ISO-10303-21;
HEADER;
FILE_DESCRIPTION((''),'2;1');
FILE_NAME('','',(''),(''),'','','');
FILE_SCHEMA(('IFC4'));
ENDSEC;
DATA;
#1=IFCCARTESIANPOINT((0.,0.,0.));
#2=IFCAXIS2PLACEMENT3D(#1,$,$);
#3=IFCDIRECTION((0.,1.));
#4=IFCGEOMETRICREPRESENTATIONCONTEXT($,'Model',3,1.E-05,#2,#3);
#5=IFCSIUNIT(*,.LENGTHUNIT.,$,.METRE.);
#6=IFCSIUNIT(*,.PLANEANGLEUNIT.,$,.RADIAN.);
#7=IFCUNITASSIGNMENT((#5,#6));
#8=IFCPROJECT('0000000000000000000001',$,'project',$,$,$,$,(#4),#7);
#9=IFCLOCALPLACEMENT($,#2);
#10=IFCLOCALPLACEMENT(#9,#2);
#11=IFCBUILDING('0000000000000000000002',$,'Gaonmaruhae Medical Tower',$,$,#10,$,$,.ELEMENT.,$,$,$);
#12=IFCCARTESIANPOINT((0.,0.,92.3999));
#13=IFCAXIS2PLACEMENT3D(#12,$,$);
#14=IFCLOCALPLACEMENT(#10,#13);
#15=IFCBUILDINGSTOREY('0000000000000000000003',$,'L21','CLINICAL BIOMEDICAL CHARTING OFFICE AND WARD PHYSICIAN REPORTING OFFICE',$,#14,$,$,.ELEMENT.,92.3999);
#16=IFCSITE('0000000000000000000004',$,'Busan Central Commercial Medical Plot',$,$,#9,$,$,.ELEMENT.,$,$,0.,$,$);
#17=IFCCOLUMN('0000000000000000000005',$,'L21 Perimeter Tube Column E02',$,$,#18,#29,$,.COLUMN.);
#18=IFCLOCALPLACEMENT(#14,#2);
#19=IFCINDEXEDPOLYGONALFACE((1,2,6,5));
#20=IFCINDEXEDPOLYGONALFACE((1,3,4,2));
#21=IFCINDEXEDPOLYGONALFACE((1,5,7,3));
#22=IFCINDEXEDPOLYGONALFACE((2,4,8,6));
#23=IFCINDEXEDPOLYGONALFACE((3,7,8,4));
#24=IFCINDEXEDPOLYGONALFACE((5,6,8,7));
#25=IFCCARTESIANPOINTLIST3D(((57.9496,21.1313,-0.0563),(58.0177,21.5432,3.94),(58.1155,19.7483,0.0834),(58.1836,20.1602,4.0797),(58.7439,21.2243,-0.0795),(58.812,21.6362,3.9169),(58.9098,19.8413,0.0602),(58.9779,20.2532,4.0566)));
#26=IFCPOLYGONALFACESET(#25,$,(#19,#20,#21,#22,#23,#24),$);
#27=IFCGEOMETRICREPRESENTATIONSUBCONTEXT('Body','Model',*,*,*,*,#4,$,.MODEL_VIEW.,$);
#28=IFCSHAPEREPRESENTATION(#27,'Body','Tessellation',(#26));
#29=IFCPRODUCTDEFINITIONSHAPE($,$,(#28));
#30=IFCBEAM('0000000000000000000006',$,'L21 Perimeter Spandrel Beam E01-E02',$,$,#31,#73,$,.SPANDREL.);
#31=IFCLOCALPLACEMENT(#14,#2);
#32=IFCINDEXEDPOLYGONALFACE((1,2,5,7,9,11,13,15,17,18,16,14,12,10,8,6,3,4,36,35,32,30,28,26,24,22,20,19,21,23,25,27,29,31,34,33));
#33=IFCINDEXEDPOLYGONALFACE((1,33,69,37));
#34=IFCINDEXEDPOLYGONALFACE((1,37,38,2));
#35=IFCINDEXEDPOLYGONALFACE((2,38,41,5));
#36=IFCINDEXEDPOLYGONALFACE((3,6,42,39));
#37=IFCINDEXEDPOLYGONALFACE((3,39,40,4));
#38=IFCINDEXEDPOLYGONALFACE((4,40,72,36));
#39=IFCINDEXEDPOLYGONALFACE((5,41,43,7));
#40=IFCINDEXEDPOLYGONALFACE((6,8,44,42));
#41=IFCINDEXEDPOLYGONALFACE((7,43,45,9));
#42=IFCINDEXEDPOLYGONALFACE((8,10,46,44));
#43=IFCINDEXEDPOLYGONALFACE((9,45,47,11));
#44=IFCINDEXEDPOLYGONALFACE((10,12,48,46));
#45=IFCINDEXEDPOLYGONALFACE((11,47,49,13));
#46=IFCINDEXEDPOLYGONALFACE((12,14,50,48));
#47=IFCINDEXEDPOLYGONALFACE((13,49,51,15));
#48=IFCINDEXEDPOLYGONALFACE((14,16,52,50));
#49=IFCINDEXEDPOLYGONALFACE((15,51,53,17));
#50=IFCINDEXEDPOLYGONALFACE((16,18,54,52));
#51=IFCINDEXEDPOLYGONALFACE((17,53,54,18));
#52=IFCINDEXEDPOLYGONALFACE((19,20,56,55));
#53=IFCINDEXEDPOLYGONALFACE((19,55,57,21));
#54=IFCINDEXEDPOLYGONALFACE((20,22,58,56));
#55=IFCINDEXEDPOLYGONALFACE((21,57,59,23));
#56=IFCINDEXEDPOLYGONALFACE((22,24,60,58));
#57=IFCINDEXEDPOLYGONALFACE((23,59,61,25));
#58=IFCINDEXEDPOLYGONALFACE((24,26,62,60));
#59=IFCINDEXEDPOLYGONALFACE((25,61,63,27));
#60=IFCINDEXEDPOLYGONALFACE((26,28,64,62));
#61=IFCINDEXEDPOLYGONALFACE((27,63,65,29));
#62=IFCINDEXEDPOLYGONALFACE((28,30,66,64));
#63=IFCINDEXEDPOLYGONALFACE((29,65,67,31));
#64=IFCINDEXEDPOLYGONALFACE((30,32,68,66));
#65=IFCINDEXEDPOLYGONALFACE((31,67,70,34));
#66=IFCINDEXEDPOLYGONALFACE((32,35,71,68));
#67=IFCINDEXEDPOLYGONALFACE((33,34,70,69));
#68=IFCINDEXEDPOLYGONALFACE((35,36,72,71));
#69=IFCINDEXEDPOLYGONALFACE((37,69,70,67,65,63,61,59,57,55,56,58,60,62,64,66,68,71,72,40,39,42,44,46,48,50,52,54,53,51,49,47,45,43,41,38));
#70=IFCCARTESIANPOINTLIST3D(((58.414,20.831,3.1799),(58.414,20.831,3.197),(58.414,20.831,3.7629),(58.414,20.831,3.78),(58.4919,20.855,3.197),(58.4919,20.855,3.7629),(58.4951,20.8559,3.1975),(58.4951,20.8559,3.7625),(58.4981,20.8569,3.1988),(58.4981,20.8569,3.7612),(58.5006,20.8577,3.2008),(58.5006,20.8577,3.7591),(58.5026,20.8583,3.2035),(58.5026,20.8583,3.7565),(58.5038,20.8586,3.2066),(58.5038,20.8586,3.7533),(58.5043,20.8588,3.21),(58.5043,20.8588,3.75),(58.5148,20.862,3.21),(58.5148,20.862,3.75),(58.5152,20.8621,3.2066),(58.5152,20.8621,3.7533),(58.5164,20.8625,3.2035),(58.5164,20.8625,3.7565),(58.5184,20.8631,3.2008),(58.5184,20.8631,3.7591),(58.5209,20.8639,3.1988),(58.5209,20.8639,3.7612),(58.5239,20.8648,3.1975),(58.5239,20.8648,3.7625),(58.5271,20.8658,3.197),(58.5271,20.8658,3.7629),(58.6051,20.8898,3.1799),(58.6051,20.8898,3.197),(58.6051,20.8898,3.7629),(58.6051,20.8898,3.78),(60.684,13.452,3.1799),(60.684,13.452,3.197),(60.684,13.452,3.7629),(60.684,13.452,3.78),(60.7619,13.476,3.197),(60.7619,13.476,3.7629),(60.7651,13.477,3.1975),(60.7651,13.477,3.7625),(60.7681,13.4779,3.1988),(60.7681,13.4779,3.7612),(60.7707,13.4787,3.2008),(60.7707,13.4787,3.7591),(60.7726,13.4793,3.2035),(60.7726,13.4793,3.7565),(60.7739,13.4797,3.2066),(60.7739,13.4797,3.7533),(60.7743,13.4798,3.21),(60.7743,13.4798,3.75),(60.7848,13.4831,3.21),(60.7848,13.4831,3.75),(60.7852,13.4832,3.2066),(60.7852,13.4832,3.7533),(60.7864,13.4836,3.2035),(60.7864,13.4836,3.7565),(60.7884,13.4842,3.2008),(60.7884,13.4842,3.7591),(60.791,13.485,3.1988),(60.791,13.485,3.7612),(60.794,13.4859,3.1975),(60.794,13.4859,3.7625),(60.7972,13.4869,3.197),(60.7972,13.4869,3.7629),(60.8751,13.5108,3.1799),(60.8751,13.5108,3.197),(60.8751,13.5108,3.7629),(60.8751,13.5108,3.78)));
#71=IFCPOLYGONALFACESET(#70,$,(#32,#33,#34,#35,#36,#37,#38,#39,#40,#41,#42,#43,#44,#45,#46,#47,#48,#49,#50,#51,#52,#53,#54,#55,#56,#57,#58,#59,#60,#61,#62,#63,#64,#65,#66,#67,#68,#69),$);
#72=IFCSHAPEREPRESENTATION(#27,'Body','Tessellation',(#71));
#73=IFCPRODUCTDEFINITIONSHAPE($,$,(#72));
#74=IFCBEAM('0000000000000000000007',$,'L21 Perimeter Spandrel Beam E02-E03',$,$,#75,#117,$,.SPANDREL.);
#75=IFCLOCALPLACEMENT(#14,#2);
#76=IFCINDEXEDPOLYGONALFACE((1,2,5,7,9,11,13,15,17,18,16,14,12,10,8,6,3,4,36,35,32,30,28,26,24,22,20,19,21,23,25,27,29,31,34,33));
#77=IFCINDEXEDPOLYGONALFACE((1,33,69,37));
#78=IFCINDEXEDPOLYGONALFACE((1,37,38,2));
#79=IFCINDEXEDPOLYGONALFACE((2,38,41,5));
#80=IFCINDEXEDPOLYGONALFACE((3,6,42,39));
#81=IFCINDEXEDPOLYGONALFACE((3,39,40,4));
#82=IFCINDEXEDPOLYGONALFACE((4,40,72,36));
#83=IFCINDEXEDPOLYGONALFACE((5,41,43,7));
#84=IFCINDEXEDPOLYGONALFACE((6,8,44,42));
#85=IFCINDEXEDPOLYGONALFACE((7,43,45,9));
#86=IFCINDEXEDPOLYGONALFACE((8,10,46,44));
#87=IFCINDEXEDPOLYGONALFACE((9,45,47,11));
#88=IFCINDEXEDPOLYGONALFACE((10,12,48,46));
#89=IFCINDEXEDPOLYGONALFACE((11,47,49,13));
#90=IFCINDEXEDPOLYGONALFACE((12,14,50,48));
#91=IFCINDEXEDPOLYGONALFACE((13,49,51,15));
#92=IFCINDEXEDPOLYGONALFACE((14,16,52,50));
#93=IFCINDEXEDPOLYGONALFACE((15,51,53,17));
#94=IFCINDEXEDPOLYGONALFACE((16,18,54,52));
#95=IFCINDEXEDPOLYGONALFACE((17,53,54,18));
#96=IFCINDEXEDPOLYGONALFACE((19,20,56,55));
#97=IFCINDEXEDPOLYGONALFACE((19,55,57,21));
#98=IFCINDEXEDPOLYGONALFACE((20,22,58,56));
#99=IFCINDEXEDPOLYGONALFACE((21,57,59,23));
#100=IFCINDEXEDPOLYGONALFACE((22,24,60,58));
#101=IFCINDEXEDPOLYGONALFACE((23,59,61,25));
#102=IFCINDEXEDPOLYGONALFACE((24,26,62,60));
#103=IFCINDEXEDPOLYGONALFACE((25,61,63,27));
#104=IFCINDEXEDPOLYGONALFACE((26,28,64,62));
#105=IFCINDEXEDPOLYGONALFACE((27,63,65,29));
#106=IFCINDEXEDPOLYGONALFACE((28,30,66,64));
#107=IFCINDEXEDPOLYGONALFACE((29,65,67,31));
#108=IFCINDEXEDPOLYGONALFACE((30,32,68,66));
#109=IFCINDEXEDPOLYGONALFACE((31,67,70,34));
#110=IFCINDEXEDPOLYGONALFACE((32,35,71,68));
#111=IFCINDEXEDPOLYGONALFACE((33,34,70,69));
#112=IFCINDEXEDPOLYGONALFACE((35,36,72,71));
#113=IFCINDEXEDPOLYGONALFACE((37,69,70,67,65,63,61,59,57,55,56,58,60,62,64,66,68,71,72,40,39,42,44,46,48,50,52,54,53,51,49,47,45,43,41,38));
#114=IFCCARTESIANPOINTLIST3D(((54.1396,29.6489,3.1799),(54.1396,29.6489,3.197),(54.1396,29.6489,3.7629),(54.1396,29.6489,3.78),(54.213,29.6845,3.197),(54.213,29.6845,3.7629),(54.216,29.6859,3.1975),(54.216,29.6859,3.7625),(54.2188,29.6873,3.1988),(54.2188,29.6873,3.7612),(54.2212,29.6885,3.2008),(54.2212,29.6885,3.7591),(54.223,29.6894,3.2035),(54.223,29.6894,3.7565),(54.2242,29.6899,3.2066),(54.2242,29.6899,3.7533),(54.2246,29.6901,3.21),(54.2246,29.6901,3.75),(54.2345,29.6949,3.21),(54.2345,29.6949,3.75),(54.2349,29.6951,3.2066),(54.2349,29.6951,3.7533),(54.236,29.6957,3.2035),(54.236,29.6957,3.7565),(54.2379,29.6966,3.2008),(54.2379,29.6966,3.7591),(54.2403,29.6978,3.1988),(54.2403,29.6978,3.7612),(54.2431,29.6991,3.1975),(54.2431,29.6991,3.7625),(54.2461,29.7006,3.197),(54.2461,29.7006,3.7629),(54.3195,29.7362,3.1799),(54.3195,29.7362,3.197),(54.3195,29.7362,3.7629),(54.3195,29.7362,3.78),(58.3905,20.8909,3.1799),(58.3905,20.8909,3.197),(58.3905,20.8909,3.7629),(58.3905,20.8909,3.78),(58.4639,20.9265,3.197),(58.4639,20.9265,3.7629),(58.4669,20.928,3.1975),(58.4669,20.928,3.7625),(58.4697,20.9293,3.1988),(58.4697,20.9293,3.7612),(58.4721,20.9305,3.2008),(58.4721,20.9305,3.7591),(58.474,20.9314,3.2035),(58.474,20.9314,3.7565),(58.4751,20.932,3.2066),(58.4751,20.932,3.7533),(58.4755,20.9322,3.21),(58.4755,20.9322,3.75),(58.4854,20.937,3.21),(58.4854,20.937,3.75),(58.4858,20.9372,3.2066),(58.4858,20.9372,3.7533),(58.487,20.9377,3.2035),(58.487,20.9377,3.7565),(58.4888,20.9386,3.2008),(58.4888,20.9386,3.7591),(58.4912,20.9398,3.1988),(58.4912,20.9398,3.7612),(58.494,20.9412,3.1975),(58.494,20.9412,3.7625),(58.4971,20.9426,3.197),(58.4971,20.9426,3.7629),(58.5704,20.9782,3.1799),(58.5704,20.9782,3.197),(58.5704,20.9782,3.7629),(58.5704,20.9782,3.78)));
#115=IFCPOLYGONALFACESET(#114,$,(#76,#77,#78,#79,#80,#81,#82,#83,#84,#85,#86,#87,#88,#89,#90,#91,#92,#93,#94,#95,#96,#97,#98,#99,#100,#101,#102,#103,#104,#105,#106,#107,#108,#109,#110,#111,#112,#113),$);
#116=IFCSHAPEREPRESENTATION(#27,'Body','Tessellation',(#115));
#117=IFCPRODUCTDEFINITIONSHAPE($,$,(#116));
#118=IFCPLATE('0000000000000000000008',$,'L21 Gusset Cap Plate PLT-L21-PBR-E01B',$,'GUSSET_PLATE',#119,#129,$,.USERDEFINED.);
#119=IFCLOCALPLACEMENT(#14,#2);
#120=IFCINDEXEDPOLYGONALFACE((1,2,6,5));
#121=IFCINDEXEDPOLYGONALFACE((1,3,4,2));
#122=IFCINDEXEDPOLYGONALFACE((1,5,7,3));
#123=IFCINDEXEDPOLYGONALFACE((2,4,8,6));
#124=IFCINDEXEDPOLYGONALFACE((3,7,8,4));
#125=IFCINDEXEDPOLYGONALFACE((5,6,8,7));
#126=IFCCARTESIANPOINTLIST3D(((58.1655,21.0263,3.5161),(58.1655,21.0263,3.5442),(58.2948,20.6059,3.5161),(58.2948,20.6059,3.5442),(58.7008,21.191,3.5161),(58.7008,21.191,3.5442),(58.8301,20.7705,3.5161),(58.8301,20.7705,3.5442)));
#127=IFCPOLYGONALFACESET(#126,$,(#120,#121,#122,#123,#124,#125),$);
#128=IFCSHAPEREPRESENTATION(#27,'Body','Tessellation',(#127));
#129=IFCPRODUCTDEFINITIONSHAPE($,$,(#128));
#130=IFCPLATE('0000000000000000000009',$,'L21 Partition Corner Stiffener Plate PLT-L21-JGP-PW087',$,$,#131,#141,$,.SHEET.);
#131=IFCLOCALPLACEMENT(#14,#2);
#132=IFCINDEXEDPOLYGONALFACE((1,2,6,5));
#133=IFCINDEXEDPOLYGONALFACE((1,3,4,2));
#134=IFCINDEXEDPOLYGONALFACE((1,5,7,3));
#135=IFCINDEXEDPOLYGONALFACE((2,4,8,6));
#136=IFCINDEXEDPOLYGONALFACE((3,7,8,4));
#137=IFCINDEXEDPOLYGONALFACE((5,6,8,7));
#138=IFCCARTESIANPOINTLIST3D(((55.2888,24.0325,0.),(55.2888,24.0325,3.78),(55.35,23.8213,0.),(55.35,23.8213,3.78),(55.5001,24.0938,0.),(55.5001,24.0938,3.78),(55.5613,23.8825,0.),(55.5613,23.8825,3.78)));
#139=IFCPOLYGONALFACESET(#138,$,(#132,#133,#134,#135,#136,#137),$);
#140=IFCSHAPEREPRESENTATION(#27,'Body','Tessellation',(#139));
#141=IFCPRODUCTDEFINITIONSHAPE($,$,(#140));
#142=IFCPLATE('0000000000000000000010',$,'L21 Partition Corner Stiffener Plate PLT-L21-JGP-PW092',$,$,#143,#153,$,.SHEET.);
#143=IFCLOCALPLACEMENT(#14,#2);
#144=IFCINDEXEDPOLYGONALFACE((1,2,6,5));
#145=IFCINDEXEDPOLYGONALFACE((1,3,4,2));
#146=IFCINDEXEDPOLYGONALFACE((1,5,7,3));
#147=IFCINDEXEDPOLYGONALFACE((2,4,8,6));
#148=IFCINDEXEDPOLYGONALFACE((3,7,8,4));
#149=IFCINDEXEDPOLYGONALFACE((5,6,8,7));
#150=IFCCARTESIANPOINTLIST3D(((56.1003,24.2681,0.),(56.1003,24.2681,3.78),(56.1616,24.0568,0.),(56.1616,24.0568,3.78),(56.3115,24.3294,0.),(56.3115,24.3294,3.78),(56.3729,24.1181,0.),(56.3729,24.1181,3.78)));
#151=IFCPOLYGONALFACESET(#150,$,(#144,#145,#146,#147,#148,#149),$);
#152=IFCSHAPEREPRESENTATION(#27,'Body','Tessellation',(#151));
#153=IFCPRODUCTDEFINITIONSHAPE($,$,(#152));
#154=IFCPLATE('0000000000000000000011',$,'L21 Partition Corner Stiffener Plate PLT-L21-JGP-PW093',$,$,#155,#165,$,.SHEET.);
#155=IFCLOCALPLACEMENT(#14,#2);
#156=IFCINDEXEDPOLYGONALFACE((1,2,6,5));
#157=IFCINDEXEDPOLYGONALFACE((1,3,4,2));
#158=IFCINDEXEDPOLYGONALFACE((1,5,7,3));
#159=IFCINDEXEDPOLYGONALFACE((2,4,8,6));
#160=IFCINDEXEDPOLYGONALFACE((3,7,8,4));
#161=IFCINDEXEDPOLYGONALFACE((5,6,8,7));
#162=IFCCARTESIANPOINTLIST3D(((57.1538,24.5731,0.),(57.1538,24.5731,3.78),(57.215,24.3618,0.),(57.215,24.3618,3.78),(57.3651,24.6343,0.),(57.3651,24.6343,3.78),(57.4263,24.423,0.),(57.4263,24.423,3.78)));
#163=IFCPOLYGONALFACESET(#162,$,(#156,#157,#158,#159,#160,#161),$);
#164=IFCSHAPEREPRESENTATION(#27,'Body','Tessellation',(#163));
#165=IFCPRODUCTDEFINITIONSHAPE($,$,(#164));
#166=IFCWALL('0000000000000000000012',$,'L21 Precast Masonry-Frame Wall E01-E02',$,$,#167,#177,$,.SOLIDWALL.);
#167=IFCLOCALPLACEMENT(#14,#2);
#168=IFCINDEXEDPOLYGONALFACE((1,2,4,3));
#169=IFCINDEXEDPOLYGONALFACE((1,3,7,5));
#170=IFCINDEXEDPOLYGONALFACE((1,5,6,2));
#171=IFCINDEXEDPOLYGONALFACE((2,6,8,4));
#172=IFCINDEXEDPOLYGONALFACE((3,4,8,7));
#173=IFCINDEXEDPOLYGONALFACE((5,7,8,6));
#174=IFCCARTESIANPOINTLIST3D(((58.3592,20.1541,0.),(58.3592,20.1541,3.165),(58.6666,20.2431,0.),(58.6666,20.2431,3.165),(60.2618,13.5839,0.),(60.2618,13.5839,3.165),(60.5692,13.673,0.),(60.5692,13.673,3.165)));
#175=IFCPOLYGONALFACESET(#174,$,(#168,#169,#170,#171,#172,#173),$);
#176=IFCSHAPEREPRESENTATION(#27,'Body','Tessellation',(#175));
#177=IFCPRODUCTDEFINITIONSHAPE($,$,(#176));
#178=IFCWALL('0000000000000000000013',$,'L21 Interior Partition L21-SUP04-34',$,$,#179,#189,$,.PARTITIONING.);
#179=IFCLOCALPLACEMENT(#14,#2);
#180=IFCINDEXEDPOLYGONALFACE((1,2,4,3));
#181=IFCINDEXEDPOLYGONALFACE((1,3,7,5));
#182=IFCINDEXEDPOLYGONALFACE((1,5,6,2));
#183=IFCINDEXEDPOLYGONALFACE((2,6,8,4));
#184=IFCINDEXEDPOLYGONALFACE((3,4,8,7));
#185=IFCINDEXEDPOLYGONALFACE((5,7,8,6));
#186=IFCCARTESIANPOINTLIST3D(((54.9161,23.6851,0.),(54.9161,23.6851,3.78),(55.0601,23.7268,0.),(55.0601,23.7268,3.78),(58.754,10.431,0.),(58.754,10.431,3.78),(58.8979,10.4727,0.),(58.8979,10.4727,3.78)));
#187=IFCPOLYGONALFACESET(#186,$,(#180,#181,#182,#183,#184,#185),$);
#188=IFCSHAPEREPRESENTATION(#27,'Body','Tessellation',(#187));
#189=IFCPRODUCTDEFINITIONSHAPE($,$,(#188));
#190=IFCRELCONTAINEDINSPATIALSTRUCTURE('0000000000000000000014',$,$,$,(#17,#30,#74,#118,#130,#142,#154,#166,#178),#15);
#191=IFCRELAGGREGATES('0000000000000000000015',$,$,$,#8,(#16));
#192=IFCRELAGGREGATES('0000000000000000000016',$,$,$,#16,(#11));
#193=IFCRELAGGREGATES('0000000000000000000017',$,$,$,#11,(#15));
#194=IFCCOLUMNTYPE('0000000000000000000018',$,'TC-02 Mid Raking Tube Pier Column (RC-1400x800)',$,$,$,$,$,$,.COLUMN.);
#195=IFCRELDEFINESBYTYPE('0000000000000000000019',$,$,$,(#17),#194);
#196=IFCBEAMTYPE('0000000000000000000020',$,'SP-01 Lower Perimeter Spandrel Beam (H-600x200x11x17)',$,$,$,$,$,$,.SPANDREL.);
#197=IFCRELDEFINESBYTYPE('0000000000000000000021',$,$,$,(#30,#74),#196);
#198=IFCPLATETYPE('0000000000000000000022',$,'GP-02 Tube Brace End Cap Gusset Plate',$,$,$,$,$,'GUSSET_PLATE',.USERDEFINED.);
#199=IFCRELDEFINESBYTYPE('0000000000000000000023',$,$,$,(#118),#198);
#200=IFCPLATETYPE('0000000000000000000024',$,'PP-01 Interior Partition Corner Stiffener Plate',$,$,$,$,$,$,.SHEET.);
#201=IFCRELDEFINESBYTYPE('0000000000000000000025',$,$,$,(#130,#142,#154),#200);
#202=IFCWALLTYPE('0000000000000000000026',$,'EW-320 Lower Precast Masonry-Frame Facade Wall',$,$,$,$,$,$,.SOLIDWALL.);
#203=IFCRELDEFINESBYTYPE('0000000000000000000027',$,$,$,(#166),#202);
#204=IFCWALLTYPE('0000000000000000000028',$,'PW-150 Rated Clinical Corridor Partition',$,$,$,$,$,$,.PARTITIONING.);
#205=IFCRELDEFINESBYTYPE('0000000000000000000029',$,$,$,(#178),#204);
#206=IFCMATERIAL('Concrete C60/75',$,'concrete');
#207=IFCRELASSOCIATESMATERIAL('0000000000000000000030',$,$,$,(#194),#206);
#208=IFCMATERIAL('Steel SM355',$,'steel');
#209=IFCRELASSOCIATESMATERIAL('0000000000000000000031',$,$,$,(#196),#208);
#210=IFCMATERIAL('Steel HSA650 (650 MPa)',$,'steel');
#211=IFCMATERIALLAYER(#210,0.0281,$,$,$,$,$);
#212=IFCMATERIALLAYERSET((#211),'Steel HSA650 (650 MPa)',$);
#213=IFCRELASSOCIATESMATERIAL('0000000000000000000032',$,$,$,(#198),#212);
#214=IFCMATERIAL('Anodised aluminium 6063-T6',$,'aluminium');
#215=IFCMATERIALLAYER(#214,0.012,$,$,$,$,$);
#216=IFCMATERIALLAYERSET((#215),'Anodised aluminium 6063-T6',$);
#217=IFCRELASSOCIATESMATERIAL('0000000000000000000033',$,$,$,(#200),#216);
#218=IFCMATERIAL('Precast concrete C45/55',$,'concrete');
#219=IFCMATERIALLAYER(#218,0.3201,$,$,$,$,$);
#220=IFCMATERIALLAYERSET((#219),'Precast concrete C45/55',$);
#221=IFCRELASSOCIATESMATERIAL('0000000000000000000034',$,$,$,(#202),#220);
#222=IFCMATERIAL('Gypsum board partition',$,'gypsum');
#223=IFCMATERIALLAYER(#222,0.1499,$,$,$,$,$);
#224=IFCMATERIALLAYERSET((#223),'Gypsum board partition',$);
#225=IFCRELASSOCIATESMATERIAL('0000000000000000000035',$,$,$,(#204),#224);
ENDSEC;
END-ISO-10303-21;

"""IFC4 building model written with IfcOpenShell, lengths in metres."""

from ifc_helpers import new_model, si_unit, direction, frame, frame_2d, origin, origin_2d, place, context, subcontext, project, spatial, rectangle, i_section, extrude, material, layer, layer_set, material_profile, profile_set, type_object, element, save


model = new_model("IFC4")

# Units and contexts
model_context = context("Model", 3, precision=1e-05, world=origin(), true_north=direction((0.0, 1.0)))
body_context = subcontext(model_context, "Body", "Model", "MODEL_VIEW")
ifc_project = project(units=[si_unit("LENGTHUNIT", "METRE"), si_unit("PLANEANGLEUNIT", "RADIAN")], contexts=[model_context])

# Site, building, storey
site_placement = place(None, origin())
site = spatial("IfcSite", under=ifc_project, at=site_placement, Name="Busan Central Commercial Medical Plot", CompositionType="ELEMENT", RefElevation=0.0)
building_placement = place(site_placement, origin())
building = spatial("IfcBuilding", under=site, at=building_placement, Name="Gaonmaruhae Medical Tower", CompositionType="ELEMENT")
storey_placement = place(building_placement, frame((0.0, 0.0, 92.3999)))
storey = spatial("IfcBuildingStorey", under=building, at=storey_placement, Name="L21", Description="CLINICAL BIOMEDICAL CHARTING OFFICE AND WARD PHYSICIAN REPORTING OFFICE", CompositionType="ELEMENT", Elevation=92.3999)

# Column
ifc_material_1 = material(Name="Concrete C60/75", Category="concrete")
ifc_material_profile_1 = material_profile(ifc_material_1, rectangle(XDim=1.3999, YDim=0.8, at=origin_2d()), Name="RC-1400x800")
ifc_profile_set_1 = profile_set([ifc_material_profile_1], Name="Concrete C60/75")
column_type = type_object("IfcColumnType", Name="TC-02 Mid Raking Tube Pier Column (RC-1400x800)", PredefinedType="COLUMN", material=ifc_profile_set_1)
column_placement = place(storey_placement, frame((58.4297, 20.4863, 0.002), z_axis=(0.016952, 0.102503, 0.994588), x_axis=(0.118547, -0.987921, 0.099795)))
element("IfcColumn", 1, at=column_placement, inside=storey, type_object=column_type, Name="L21 Perimeter Tube Column E02", PredefinedType="COLUMN", context=body_context, shape_type="SweptSolid", body=[
    extrude(rectangle(XDim=1.3999, YDim=0.8, at=origin_2d()), origin(), (0.0, 0.0, 1.0), 4.0181),
])

# Beams
ifc_material_2 = material(Name="Steel SM355", Category="steel")
ifc_material_profile_2 = material_profile(ifc_material_2, i_section(OverallWidth=0.2, OverallDepth=0.6001, WebThickness=0.011, FlangeThickness=0.0171, FilletRadius=0.0129, at=origin_2d()), Name="H-600x200x11x17")
ifc_profile_set_2 = profile_set([ifc_material_profile_2], Name="Steel SM355")
beam_type = type_object("IfcBeamType", Name="SP-01 Lower Perimeter Spandrel Beam (H-600x200x11x17)", PredefinedType="SPANDREL", material=ifc_profile_set_2)
beam_1_placement = place(storey_placement, frame((60.7795, 13.4814, 3.48), z_axis=(-0.294037, 0.955794, 0.0), x_axis=(-0.955794, -0.294037, 0.0)))
element("IfcBeam", 2, at=beam_1_placement, inside=storey, type_object=beam_type, Name="L21 Perimeter Spandrel Beam E01-E02", PredefinedType="SPANDREL", context=body_context, shape_type="SweptSolid", body=[
    extrude(i_section(OverallWidth=0.2, OverallDepth=0.6001, WebThickness=0.011, FlangeThickness=0.0171, FilletRadius=0.0129, at=origin_2d()), origin(), (0.0, 0.0, 1.0), 7.7202),
])
beam_2_placement = place(storey_placement, frame((58.4805, 20.9346, 3.48), z_axis=(-0.43666, 0.899627, 0.0), x_axis=(-0.899627, -0.43666, 0.0)))
element("IfcBeam", 3, at=beam_2_placement, inside=storey, type_object=beam_type, Name="L21 Perimeter Spandrel Beam E02-E03", PredefinedType="SPANDREL", context=body_context, shape_type="SweptSolid", body=[
    extrude(i_section(OverallWidth=0.2, OverallDepth=0.6001, WebThickness=0.011, FlangeThickness=0.0171, FilletRadius=0.0129, at=origin_2d()), origin(), (0.0, 0.0, 1.0), 9.7351),
])

# Plates
ifc_material_3 = material(Name="Steel HSA650 (650 MPa)", Category="steel")
ifc_layer_1 = layer(ifc_material_3, 0.0281)
ifc_layer_set_1 = layer_set([ifc_layer_1], Name="Steel HSA650 (650 MPa)")
plate_type_1 = type_object("IfcPlateType", Name="GP-02 Tube Brace End Cap Gusset Plate", ElementType="GUSSET_PLATE", PredefinedType="USERDEFINED", material=ifc_layer_set_1)
plate_placement = place(storey_placement, frame((58.4978, 20.8984, 3.5161), z_axis=(0.0, 0.0, 1.0), x_axis=(0.955793, 0.29404, 0.0)))
element("IfcPlate", 4, at=plate_placement, inside=storey, type_object=plate_type_1, Name="L21 Gusset Cap Plate PLT-L21-PBR-E01B", ObjectType="GUSSET_PLATE", PredefinedType="USERDEFINED", context=body_context, shape_type="SweptSolid", body=[
    extrude(rectangle(XDim=0.5601, YDim=0.4399, at=origin_2d()), origin(), (0.0, 0.0, 1.0), 0.0281),
])
ifc_material_4 = material(Name="Anodised aluminium 6063-T6", Category="aluminium")
ifc_layer_2 = layer(ifc_material_4, 0.012)
ifc_layer_set_2 = layer_set([ifc_layer_2], Name="Anodised aluminium 6063-T6")
plate_type_2 = type_object("IfcPlateType", Name="PP-01 Interior Partition Corner Stiffener Plate", PredefinedType="SHEET", material=ifc_layer_set_2)
for number, where, z_axis, x_axis, name in (
    (5, (55.425, 23.9575, 0.0), (0.0, 0.0, 1.0), (0.960479, 0.278354, 0.0), "L21 Partition Corner Stiffener Plate PLT-L21-JGP-PW087"),
    (6, (56.2366, 24.1931, 0.0), (0.0, 0.0, 1.0), (0.960362, 0.278756, 0.0), "L21 Partition Corner Stiffener Plate PLT-L21-JGP-PW092"),
    (7, (57.29, 24.498, 0.0), (0.0, 0.0, 1.0), (0.96059, 0.277969, 0.0), "L21 Partition Corner Stiffener Plate PLT-L21-JGP-PW093"),
):
    element("IfcPlate", number, at=place(storey_placement, frame(where, z_axis=z_axis, x_axis=x_axis)), inside=storey, type_object=plate_type_2, Name=name, PredefinedType="SHEET", context=body_context, shape_type="SweptSolid", body=[
        extrude(rectangle(XDim=0.22, YDim=0.22, at=origin_2d()), origin(), (0.0, 0.0, 1.0), 3.78),
    ])

# Walls
ifc_material_5 = material(Name="Precast concrete C45/55", Category="concrete")
ifc_layer_3 = layer(ifc_material_5, 0.3201)
ifc_layer_set_3 = layer_set([ifc_layer_3], Name="Precast concrete C45/55")
wall_type_1 = type_object("IfcWallType", Name="EW-320 Lower Precast Masonry-Frame Facade Wall", PredefinedType="SOLIDWALL", material=ifc_layer_set_3)
wall_1_placement = place(storey_placement, frame((58.5129, 20.1985, 0.0), z_axis=(0.0, 0.0, 1.0), x_axis=(0.278156, -0.960536, 0.0)))
element("IfcWall", 8, at=wall_1_placement, inside=storey, type_object=wall_type_1, Name="L21 Precast Masonry-Frame Wall E01-E02", PredefinedType="SOLIDWALL", context=body_context, shape_type="SweptSolid", body=[
    extrude(rectangle(XDim=6.8401, YDim=0.3201, at=frame_2d((3.4199, 0.0))), origin(), (0.0, 0.0, 1.0), 3.165),
])
ifc_material_6 = material(Name="Gypsum board partition", Category="gypsum")
ifc_layer_4 = layer(ifc_material_6, 0.1499)
ifc_layer_set_4 = layer_set([ifc_layer_4], Name="Gypsum board partition")
wall_type_2 = type_object("IfcWallType", Name="PW-150 Rated Clinical Corridor Partition", PredefinedType="PARTITIONING", material=ifc_layer_set_4)
wall_2_placement = place(storey_placement, frame((54.988, 23.7061, 0.0), z_axis=(0.0, 0.0, 1.0), x_axis=(0.278136, -0.960542, 0.0)))
element("IfcWall", 9, at=wall_2_placement, inside=storey, type_object=wall_type_2, Name="L21 Interior Partition L21-SUP04-34", PredefinedType="PARTITIONING", context=body_context, shape_type="SweptSolid", body=[
    extrude(rectangle(XDim=13.7986, YDim=0.1499, at=frame_2d((6.8994, 0.0))), origin(), (0.0, 0.0, 1.0), 3.78),
])

save(model, "model.ifc")
